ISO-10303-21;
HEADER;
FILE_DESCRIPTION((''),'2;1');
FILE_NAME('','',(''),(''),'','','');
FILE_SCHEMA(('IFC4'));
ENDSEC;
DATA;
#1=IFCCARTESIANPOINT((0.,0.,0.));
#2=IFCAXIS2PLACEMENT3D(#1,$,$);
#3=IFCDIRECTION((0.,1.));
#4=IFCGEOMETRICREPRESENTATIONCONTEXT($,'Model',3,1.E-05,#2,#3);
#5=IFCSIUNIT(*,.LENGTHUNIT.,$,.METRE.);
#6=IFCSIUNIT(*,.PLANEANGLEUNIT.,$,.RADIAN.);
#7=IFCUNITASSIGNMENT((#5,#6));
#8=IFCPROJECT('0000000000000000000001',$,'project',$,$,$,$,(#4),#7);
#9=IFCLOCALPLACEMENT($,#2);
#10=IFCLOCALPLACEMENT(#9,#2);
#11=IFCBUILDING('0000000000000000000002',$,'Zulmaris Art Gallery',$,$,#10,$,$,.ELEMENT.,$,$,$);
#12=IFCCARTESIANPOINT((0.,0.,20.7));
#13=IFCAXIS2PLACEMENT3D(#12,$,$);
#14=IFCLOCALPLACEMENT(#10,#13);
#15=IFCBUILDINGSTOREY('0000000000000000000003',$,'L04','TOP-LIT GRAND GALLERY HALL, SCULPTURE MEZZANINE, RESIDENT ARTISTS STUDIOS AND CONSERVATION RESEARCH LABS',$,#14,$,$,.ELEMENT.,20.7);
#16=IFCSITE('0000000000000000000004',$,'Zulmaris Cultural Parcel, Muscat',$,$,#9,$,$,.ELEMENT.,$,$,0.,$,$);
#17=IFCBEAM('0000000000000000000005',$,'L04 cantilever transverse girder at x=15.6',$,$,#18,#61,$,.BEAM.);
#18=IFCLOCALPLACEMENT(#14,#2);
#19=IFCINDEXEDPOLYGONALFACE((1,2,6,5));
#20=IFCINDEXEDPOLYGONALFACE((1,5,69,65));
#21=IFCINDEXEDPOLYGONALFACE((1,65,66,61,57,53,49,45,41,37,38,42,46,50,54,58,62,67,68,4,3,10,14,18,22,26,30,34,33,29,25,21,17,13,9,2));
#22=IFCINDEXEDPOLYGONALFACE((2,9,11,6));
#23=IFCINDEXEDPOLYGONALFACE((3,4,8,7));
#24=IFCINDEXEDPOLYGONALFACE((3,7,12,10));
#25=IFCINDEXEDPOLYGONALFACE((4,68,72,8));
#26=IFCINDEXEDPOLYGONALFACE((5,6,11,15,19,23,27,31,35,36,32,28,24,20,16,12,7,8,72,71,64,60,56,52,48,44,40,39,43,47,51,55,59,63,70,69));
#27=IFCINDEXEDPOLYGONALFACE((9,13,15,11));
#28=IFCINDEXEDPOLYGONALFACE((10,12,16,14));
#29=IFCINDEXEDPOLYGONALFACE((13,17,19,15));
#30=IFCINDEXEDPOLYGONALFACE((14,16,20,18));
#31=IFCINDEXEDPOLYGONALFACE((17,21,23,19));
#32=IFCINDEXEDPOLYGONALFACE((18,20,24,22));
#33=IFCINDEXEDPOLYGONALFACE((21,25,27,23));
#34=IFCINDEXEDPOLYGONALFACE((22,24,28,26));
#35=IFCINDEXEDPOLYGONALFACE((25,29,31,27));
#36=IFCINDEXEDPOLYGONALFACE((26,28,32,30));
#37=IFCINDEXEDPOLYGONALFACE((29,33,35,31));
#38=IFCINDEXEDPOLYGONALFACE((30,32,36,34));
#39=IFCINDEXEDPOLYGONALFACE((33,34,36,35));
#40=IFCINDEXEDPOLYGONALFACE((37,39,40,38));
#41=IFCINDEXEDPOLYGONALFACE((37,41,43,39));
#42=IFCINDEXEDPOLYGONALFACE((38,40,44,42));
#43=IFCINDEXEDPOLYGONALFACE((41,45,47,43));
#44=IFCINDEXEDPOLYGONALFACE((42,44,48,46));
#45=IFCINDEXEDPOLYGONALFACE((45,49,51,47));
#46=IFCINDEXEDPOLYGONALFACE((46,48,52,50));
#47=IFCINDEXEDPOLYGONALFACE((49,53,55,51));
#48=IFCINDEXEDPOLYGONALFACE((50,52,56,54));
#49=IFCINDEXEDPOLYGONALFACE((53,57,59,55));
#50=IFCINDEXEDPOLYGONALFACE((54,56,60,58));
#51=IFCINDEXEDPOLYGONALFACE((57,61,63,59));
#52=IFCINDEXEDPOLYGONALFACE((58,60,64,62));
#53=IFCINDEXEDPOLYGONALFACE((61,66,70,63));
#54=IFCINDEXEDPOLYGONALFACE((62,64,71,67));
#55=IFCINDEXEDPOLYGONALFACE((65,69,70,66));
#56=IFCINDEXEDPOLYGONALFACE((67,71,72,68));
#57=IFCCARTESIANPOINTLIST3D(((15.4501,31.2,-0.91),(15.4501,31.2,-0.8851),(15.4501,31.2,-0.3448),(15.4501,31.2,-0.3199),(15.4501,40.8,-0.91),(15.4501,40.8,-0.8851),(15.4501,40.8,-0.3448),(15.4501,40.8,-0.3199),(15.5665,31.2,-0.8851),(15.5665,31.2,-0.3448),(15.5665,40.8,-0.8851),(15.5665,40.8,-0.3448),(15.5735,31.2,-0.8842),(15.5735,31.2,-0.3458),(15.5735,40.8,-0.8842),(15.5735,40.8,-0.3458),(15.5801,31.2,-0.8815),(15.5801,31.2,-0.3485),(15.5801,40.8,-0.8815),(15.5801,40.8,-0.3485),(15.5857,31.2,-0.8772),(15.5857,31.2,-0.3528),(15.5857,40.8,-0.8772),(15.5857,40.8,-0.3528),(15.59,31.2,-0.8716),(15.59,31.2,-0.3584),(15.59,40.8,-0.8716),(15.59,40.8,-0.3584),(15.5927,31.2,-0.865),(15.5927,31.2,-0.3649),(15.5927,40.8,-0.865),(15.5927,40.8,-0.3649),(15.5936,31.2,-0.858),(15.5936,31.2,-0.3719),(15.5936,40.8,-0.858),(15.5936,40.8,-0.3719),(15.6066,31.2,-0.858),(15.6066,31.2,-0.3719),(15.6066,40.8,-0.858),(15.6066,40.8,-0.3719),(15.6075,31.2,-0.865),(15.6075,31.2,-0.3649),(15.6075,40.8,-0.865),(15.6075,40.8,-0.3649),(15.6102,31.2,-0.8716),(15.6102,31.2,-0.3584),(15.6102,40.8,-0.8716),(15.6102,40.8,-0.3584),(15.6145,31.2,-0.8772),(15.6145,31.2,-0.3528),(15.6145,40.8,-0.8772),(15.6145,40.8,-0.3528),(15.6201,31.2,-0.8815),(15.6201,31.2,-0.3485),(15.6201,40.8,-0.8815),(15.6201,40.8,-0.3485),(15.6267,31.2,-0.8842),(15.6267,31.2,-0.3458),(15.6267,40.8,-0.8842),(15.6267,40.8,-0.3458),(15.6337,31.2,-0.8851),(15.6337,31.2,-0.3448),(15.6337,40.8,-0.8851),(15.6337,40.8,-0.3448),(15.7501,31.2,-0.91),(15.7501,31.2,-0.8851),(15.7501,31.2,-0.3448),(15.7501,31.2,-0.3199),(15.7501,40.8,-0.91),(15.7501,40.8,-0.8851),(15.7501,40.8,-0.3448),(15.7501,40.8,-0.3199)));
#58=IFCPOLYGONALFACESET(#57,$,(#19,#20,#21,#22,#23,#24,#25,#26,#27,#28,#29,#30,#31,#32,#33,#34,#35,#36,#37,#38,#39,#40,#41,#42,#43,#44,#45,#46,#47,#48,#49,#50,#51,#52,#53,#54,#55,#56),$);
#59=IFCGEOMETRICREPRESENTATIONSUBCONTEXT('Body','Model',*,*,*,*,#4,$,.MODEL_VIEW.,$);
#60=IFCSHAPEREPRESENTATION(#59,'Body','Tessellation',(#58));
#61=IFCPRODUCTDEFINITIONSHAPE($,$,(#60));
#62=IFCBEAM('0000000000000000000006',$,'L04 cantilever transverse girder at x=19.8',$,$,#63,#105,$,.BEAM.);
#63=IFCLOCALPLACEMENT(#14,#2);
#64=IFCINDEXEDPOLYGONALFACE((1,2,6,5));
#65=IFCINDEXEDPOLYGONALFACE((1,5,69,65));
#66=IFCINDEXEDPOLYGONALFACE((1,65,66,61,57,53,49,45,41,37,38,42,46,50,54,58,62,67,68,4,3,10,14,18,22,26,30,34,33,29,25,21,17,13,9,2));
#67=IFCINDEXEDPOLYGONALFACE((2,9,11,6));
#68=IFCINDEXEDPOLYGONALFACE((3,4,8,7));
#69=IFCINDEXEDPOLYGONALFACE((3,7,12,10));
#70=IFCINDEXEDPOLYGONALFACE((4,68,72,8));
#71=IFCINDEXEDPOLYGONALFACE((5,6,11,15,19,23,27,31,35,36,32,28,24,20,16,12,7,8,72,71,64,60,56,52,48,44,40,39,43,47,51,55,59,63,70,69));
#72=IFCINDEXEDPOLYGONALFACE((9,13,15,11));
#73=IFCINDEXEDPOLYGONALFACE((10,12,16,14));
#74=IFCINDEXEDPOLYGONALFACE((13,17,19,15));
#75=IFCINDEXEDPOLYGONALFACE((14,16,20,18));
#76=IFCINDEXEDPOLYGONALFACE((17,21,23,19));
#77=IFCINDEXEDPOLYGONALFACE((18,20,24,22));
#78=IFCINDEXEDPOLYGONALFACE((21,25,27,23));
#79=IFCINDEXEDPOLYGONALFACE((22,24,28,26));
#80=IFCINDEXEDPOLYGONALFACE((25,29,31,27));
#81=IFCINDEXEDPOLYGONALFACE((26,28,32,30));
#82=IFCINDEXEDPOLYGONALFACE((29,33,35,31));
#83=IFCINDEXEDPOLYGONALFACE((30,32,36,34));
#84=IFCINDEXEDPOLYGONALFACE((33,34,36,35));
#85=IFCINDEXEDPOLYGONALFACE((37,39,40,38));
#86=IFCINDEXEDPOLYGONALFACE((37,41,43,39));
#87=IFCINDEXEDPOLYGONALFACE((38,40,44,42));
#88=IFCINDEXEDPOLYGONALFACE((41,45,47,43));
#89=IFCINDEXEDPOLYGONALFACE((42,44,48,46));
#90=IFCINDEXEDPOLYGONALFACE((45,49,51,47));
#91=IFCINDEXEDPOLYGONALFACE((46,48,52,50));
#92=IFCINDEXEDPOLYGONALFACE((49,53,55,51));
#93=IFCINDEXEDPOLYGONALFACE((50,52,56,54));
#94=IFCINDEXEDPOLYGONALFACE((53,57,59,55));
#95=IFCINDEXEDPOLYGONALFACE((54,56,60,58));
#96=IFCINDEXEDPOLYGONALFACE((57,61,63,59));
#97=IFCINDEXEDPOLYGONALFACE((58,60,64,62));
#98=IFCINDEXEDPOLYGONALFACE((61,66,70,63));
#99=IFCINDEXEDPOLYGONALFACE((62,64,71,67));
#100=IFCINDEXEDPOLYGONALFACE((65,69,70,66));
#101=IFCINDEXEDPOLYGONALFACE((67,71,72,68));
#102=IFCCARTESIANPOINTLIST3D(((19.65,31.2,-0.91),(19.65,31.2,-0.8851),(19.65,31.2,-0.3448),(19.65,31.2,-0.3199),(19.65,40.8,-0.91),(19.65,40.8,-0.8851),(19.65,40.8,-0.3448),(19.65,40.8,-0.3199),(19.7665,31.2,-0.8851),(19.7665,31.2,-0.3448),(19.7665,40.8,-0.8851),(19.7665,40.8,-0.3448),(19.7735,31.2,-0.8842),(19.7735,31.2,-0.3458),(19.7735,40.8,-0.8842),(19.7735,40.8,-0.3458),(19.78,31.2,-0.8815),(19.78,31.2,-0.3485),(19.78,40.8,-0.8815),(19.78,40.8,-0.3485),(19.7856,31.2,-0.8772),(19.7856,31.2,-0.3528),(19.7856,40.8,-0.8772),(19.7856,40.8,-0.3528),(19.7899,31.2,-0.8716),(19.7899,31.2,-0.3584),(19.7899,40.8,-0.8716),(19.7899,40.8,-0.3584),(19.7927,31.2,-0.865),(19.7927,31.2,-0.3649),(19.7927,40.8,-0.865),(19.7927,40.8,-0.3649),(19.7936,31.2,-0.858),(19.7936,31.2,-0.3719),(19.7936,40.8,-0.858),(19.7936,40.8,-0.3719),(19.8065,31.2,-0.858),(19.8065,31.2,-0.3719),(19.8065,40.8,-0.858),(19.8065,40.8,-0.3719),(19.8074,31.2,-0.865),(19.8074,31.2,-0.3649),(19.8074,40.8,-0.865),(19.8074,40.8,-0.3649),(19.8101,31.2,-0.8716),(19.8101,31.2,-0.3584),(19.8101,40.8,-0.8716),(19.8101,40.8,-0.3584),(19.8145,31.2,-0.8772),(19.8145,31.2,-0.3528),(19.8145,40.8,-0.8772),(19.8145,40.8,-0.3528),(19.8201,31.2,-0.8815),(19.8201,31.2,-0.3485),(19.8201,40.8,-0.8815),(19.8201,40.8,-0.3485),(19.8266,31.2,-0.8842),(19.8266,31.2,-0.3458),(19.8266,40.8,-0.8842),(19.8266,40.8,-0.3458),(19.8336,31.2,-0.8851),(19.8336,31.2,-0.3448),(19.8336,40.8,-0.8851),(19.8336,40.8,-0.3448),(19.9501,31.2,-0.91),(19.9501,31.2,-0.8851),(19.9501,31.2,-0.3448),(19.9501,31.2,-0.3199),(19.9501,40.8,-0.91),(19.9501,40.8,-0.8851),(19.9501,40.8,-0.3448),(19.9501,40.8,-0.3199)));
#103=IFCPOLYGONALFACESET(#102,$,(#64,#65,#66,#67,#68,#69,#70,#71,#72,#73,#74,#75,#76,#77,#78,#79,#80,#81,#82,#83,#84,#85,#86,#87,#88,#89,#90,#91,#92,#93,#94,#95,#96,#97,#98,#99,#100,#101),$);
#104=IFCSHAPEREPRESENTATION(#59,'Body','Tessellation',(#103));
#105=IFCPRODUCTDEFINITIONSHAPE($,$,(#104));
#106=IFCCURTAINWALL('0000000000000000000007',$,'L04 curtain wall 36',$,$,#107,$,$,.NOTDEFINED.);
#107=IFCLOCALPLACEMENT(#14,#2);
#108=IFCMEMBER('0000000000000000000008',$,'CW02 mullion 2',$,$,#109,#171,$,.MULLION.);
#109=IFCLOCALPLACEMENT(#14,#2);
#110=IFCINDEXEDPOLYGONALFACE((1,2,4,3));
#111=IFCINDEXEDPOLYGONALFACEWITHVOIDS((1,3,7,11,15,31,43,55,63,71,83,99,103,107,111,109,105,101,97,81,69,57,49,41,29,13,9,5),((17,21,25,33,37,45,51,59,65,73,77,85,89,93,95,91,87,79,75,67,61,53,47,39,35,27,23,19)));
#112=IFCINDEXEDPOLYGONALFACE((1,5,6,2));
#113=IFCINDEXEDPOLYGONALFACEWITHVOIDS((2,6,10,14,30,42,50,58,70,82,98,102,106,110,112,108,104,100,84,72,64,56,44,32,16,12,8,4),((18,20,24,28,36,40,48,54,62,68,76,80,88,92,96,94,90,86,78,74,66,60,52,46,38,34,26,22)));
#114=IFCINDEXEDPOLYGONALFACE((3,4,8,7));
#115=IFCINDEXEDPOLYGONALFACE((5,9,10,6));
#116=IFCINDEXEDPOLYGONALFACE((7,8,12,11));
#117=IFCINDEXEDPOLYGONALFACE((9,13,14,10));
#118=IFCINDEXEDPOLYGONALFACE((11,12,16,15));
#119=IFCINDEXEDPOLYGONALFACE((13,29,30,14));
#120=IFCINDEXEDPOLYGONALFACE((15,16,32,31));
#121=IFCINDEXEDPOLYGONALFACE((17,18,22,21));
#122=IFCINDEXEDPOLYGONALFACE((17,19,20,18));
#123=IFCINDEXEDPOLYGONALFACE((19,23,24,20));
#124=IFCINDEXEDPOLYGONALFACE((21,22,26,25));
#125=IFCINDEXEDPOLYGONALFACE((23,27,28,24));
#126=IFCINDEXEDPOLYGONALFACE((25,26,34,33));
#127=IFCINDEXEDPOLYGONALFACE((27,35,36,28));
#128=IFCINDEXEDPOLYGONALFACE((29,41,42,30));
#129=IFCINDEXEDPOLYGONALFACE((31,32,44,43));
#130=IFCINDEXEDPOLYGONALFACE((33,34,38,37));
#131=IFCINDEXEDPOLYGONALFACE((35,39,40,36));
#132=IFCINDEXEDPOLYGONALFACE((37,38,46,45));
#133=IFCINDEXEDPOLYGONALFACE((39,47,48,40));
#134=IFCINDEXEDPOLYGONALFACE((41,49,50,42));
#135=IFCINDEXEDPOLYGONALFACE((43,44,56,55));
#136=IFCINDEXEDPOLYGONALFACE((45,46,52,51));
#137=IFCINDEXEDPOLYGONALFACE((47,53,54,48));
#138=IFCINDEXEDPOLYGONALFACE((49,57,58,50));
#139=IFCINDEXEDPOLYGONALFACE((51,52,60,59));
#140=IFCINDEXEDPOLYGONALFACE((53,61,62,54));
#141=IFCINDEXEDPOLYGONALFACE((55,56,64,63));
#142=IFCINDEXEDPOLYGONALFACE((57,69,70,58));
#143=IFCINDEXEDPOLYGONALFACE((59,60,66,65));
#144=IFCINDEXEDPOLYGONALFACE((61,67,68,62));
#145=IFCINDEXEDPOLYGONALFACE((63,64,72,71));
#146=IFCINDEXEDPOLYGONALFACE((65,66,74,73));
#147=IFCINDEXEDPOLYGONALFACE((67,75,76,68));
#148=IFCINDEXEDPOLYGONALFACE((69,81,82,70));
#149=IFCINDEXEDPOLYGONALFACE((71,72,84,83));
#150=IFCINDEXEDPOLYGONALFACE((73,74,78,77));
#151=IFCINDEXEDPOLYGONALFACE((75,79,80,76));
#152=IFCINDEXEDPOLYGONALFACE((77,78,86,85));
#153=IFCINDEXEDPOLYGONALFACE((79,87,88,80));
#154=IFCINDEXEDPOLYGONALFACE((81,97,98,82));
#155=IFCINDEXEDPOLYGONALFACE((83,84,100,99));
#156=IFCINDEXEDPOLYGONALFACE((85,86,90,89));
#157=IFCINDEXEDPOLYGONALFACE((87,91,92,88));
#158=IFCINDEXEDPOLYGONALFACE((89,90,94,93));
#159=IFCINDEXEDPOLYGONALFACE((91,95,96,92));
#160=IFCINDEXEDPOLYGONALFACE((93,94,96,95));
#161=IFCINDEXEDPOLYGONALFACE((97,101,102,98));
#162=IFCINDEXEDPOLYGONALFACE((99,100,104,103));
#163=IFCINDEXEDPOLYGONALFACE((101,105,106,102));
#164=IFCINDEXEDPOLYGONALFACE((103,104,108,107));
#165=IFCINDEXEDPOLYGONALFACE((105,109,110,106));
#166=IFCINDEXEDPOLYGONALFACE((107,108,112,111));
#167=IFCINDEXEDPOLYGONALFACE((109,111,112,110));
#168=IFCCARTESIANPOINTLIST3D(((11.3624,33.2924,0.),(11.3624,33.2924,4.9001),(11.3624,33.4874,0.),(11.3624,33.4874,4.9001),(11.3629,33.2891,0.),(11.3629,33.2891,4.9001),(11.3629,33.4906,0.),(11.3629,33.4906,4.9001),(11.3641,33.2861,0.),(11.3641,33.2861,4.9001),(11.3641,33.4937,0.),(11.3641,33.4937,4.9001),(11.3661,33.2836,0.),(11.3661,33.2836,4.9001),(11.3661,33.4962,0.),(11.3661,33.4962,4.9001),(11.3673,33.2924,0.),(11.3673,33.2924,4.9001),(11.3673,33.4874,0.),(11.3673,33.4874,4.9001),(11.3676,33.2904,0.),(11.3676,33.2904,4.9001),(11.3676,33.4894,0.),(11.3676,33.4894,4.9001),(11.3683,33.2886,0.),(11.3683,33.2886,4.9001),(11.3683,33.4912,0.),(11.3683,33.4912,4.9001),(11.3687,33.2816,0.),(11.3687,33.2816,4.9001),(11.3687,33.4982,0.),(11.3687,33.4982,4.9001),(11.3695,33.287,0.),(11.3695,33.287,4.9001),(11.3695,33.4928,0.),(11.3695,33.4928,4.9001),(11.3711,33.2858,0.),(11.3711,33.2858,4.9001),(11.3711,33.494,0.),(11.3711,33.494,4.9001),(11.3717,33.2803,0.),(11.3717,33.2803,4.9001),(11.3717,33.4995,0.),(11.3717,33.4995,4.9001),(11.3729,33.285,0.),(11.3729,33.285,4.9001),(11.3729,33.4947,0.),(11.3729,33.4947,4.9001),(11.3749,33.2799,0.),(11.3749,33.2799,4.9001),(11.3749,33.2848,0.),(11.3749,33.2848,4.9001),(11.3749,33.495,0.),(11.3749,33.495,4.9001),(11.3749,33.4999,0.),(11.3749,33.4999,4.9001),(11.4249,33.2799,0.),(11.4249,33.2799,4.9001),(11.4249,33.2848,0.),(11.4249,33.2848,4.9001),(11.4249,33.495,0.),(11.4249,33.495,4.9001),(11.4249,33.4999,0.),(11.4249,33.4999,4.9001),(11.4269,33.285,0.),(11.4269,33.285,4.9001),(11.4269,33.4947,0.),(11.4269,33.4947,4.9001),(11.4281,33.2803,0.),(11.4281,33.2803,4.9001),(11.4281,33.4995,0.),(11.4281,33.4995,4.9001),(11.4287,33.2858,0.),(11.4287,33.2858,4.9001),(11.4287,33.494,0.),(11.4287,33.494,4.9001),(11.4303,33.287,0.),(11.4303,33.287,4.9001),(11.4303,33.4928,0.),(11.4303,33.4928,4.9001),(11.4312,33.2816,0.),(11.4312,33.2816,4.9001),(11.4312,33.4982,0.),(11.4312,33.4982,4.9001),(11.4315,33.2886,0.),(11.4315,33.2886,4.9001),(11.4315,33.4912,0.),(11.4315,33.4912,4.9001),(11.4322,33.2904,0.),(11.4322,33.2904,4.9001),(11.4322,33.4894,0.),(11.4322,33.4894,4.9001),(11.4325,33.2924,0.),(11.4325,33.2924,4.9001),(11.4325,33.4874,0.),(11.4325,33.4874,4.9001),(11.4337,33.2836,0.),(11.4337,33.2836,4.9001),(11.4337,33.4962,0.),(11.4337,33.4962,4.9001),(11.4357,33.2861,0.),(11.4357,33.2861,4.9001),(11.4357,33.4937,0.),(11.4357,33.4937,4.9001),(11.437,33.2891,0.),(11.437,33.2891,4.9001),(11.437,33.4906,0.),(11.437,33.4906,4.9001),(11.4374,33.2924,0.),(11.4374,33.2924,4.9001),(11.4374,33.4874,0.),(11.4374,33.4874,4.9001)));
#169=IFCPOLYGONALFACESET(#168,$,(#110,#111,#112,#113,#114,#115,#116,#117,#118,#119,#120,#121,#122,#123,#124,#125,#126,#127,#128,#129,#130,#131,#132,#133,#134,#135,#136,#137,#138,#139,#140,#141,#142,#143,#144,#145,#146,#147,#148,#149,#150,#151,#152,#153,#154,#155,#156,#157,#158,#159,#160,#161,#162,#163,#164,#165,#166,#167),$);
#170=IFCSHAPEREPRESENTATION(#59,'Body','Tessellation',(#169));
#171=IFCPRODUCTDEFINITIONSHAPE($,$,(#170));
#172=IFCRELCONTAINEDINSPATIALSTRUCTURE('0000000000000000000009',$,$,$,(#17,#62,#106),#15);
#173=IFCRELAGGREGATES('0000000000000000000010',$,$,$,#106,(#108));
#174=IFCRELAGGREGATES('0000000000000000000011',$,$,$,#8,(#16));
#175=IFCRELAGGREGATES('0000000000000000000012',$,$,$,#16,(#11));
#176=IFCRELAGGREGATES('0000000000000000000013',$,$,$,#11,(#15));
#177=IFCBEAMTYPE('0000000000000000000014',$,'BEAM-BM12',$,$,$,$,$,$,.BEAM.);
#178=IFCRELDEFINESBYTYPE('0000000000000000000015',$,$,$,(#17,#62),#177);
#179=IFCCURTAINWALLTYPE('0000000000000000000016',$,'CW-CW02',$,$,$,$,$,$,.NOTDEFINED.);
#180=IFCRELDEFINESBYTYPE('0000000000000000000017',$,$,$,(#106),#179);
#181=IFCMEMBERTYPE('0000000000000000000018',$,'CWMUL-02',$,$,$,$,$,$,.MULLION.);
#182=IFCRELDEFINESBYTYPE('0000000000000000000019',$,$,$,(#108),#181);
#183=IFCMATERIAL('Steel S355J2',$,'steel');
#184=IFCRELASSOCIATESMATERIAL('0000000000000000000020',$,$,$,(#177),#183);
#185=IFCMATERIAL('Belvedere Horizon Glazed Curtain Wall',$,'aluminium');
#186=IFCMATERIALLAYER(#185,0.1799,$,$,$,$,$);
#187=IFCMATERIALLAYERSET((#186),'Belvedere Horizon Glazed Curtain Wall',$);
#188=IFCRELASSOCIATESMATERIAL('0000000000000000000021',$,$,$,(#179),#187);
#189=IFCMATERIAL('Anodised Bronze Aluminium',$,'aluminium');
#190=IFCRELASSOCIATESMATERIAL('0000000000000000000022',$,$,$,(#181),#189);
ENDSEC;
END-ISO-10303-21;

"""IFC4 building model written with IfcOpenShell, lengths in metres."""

from ifc_helpers import new_model, si_unit, direction, frame, origin, origin_2d, place, context, subcontext, project, spatial, hollow_rectangle, i_section, extrude, material, layer, layer_set, material_profile, profile_set, type_object, element, aggregate, save


model = new_model("IFC4")

# Units and contexts
model_context = context("Model", 3, precision=1e-05, world=origin(), true_north=direction((0.0, 1.0)))
body_context = subcontext(model_context, "Body", "Model", "MODEL_VIEW")
ifc_project = project(units=[si_unit("LENGTHUNIT", "METRE"), si_unit("PLANEANGLEUNIT", "RADIAN")], contexts=[model_context])

# Site, building, storey
site_placement = place(None, origin())
site = spatial("IfcSite", under=ifc_project, at=site_placement, Name="Zulmaris Cultural Parcel, Muscat", CompositionType="ELEMENT", RefElevation=0.0)
building_placement = place(site_placement, origin())
building = spatial("IfcBuilding", under=site, at=building_placement, Name="Zulmaris Art Gallery", CompositionType="ELEMENT")
storey_placement = place(building_placement, frame((0.0, 0.0, 20.7)))
storey = spatial("IfcBuildingStorey", under=building, at=storey_placement, Name="L04", Description="TOP-LIT GRAND GALLERY HALL, SCULPTURE MEZZANINE, RESIDENT ARTISTS STUDIOS AND CONSERVATION RESEARCH LABS", CompositionType="ELEMENT", Elevation=20.7)

# Beams
ifc_material_1 = material(Name="Steel S355J2", Category="steel")
ifc_material_profile_1 = material_profile(ifc_material_1, i_section(OverallWidth=0.3, OverallDepth=0.5901, WebThickness=0.0129, FlangeThickness=0.0249, FilletRadius=0.0271, at=origin_2d()), Name="HEA 600")
ifc_profile_set_1 = profile_set([ifc_material_profile_1], Name="Steel S355J2")
beam_type = type_object("IfcBeamType", Name="BEAM-BM12", PredefinedType="BEAM", material=ifc_profile_set_1)
for number, where, z_axis, x_axis, name in (
    (1, (15.6001, 31.2, -0.615), (0.0, 1.0, 0.0), (-1.0, 0.0, 0.0), "L04 cantilever transverse girder at x=15.6"),
    (2, (19.8, 31.2, -0.615), (0.0, 1.0, 0.0), (-1.0, 0.0, 0.0), "L04 cantilever transverse girder at x=19.8"),
):
    element("IfcBeam", number, at=place(storey_placement, frame(where, z_axis=z_axis, x_axis=x_axis)), inside=storey, type_object=beam_type, Name=name, PredefinedType="BEAM", context=body_context, shape_type="SweptSolid", body=[
        extrude(i_section(OverallWidth=0.3, OverallDepth=0.5901, WebThickness=0.0129, FlangeThickness=0.0249, FilletRadius=0.0271, at=origin_2d()), origin(), (0.0, 0.0, 1.0), 9.6001),
    ])

# Curtain wall, member
ifc_material_2 = material(Name="Belvedere Horizon Glazed Curtain Wall", Category="aluminium")
ifc_layer_1 = layer(ifc_material_2, 0.1799)
ifc_layer_set_1 = layer_set([ifc_layer_1], Name="Belvedere Horizon Glazed Curtain Wall")
curtain_wall_type = type_object("IfcCurtainWallType", Name="CW-CW02", PredefinedType="NOTDEFINED", material=ifc_layer_set_1)
curtain_wall_placement = place(storey_placement, origin())
curtain_wall = element("IfcCurtainWall", 3, at=curtain_wall_placement, inside=storey, type_object=curtain_wall_type, Name="L04 curtain wall 36", PredefinedType="NOTDEFINED")
ifc_material_3 = material(Name="Anodised Bronze Aluminium", Category="aluminium")
ifc_material_profile_2 = material_profile(ifc_material_3, hollow_rectangle(XDim=0.075, YDim=0.22, WallThickness=0.0049, InnerFilletRadius=0.0076, OuterFilletRadius=0.0125, at=origin_2d()), Name="ALU 75x220x5")
ifc_profile_set_2 = profile_set([ifc_material_profile_2], Name="Anodised Bronze Aluminium")
member_type_1 = type_object("IfcMemberType", Name="CWMUL-02", PredefinedType="MULLION", material=ifc_profile_set_2)
member_1_placement = place(storey_placement, frame((11.3999, 33.3899, 0.0), z_axis=(0.0, 0.0, 1.0), x_axis=(-1.0, 0.0, 0.0)))
member_1 = element("IfcMember", 4, at=member_1_placement, type_object=member_type_1, Name="CW02 mullion 2", PredefinedType="MULLION", context=body_context, shape_type="SweptSolid", body=[
    extrude(hollow_rectangle(XDim=0.075, YDim=0.22, WallThickness=0.0049, InnerFilletRadius=0.0076, OuterFilletRadius=0.0125, at=origin_2d()), origin(), (0.0, 0.0, 1.0), 4.9001),
])

aggregate(curtain_wall, [member_1])

save(model, "model.ifc")
